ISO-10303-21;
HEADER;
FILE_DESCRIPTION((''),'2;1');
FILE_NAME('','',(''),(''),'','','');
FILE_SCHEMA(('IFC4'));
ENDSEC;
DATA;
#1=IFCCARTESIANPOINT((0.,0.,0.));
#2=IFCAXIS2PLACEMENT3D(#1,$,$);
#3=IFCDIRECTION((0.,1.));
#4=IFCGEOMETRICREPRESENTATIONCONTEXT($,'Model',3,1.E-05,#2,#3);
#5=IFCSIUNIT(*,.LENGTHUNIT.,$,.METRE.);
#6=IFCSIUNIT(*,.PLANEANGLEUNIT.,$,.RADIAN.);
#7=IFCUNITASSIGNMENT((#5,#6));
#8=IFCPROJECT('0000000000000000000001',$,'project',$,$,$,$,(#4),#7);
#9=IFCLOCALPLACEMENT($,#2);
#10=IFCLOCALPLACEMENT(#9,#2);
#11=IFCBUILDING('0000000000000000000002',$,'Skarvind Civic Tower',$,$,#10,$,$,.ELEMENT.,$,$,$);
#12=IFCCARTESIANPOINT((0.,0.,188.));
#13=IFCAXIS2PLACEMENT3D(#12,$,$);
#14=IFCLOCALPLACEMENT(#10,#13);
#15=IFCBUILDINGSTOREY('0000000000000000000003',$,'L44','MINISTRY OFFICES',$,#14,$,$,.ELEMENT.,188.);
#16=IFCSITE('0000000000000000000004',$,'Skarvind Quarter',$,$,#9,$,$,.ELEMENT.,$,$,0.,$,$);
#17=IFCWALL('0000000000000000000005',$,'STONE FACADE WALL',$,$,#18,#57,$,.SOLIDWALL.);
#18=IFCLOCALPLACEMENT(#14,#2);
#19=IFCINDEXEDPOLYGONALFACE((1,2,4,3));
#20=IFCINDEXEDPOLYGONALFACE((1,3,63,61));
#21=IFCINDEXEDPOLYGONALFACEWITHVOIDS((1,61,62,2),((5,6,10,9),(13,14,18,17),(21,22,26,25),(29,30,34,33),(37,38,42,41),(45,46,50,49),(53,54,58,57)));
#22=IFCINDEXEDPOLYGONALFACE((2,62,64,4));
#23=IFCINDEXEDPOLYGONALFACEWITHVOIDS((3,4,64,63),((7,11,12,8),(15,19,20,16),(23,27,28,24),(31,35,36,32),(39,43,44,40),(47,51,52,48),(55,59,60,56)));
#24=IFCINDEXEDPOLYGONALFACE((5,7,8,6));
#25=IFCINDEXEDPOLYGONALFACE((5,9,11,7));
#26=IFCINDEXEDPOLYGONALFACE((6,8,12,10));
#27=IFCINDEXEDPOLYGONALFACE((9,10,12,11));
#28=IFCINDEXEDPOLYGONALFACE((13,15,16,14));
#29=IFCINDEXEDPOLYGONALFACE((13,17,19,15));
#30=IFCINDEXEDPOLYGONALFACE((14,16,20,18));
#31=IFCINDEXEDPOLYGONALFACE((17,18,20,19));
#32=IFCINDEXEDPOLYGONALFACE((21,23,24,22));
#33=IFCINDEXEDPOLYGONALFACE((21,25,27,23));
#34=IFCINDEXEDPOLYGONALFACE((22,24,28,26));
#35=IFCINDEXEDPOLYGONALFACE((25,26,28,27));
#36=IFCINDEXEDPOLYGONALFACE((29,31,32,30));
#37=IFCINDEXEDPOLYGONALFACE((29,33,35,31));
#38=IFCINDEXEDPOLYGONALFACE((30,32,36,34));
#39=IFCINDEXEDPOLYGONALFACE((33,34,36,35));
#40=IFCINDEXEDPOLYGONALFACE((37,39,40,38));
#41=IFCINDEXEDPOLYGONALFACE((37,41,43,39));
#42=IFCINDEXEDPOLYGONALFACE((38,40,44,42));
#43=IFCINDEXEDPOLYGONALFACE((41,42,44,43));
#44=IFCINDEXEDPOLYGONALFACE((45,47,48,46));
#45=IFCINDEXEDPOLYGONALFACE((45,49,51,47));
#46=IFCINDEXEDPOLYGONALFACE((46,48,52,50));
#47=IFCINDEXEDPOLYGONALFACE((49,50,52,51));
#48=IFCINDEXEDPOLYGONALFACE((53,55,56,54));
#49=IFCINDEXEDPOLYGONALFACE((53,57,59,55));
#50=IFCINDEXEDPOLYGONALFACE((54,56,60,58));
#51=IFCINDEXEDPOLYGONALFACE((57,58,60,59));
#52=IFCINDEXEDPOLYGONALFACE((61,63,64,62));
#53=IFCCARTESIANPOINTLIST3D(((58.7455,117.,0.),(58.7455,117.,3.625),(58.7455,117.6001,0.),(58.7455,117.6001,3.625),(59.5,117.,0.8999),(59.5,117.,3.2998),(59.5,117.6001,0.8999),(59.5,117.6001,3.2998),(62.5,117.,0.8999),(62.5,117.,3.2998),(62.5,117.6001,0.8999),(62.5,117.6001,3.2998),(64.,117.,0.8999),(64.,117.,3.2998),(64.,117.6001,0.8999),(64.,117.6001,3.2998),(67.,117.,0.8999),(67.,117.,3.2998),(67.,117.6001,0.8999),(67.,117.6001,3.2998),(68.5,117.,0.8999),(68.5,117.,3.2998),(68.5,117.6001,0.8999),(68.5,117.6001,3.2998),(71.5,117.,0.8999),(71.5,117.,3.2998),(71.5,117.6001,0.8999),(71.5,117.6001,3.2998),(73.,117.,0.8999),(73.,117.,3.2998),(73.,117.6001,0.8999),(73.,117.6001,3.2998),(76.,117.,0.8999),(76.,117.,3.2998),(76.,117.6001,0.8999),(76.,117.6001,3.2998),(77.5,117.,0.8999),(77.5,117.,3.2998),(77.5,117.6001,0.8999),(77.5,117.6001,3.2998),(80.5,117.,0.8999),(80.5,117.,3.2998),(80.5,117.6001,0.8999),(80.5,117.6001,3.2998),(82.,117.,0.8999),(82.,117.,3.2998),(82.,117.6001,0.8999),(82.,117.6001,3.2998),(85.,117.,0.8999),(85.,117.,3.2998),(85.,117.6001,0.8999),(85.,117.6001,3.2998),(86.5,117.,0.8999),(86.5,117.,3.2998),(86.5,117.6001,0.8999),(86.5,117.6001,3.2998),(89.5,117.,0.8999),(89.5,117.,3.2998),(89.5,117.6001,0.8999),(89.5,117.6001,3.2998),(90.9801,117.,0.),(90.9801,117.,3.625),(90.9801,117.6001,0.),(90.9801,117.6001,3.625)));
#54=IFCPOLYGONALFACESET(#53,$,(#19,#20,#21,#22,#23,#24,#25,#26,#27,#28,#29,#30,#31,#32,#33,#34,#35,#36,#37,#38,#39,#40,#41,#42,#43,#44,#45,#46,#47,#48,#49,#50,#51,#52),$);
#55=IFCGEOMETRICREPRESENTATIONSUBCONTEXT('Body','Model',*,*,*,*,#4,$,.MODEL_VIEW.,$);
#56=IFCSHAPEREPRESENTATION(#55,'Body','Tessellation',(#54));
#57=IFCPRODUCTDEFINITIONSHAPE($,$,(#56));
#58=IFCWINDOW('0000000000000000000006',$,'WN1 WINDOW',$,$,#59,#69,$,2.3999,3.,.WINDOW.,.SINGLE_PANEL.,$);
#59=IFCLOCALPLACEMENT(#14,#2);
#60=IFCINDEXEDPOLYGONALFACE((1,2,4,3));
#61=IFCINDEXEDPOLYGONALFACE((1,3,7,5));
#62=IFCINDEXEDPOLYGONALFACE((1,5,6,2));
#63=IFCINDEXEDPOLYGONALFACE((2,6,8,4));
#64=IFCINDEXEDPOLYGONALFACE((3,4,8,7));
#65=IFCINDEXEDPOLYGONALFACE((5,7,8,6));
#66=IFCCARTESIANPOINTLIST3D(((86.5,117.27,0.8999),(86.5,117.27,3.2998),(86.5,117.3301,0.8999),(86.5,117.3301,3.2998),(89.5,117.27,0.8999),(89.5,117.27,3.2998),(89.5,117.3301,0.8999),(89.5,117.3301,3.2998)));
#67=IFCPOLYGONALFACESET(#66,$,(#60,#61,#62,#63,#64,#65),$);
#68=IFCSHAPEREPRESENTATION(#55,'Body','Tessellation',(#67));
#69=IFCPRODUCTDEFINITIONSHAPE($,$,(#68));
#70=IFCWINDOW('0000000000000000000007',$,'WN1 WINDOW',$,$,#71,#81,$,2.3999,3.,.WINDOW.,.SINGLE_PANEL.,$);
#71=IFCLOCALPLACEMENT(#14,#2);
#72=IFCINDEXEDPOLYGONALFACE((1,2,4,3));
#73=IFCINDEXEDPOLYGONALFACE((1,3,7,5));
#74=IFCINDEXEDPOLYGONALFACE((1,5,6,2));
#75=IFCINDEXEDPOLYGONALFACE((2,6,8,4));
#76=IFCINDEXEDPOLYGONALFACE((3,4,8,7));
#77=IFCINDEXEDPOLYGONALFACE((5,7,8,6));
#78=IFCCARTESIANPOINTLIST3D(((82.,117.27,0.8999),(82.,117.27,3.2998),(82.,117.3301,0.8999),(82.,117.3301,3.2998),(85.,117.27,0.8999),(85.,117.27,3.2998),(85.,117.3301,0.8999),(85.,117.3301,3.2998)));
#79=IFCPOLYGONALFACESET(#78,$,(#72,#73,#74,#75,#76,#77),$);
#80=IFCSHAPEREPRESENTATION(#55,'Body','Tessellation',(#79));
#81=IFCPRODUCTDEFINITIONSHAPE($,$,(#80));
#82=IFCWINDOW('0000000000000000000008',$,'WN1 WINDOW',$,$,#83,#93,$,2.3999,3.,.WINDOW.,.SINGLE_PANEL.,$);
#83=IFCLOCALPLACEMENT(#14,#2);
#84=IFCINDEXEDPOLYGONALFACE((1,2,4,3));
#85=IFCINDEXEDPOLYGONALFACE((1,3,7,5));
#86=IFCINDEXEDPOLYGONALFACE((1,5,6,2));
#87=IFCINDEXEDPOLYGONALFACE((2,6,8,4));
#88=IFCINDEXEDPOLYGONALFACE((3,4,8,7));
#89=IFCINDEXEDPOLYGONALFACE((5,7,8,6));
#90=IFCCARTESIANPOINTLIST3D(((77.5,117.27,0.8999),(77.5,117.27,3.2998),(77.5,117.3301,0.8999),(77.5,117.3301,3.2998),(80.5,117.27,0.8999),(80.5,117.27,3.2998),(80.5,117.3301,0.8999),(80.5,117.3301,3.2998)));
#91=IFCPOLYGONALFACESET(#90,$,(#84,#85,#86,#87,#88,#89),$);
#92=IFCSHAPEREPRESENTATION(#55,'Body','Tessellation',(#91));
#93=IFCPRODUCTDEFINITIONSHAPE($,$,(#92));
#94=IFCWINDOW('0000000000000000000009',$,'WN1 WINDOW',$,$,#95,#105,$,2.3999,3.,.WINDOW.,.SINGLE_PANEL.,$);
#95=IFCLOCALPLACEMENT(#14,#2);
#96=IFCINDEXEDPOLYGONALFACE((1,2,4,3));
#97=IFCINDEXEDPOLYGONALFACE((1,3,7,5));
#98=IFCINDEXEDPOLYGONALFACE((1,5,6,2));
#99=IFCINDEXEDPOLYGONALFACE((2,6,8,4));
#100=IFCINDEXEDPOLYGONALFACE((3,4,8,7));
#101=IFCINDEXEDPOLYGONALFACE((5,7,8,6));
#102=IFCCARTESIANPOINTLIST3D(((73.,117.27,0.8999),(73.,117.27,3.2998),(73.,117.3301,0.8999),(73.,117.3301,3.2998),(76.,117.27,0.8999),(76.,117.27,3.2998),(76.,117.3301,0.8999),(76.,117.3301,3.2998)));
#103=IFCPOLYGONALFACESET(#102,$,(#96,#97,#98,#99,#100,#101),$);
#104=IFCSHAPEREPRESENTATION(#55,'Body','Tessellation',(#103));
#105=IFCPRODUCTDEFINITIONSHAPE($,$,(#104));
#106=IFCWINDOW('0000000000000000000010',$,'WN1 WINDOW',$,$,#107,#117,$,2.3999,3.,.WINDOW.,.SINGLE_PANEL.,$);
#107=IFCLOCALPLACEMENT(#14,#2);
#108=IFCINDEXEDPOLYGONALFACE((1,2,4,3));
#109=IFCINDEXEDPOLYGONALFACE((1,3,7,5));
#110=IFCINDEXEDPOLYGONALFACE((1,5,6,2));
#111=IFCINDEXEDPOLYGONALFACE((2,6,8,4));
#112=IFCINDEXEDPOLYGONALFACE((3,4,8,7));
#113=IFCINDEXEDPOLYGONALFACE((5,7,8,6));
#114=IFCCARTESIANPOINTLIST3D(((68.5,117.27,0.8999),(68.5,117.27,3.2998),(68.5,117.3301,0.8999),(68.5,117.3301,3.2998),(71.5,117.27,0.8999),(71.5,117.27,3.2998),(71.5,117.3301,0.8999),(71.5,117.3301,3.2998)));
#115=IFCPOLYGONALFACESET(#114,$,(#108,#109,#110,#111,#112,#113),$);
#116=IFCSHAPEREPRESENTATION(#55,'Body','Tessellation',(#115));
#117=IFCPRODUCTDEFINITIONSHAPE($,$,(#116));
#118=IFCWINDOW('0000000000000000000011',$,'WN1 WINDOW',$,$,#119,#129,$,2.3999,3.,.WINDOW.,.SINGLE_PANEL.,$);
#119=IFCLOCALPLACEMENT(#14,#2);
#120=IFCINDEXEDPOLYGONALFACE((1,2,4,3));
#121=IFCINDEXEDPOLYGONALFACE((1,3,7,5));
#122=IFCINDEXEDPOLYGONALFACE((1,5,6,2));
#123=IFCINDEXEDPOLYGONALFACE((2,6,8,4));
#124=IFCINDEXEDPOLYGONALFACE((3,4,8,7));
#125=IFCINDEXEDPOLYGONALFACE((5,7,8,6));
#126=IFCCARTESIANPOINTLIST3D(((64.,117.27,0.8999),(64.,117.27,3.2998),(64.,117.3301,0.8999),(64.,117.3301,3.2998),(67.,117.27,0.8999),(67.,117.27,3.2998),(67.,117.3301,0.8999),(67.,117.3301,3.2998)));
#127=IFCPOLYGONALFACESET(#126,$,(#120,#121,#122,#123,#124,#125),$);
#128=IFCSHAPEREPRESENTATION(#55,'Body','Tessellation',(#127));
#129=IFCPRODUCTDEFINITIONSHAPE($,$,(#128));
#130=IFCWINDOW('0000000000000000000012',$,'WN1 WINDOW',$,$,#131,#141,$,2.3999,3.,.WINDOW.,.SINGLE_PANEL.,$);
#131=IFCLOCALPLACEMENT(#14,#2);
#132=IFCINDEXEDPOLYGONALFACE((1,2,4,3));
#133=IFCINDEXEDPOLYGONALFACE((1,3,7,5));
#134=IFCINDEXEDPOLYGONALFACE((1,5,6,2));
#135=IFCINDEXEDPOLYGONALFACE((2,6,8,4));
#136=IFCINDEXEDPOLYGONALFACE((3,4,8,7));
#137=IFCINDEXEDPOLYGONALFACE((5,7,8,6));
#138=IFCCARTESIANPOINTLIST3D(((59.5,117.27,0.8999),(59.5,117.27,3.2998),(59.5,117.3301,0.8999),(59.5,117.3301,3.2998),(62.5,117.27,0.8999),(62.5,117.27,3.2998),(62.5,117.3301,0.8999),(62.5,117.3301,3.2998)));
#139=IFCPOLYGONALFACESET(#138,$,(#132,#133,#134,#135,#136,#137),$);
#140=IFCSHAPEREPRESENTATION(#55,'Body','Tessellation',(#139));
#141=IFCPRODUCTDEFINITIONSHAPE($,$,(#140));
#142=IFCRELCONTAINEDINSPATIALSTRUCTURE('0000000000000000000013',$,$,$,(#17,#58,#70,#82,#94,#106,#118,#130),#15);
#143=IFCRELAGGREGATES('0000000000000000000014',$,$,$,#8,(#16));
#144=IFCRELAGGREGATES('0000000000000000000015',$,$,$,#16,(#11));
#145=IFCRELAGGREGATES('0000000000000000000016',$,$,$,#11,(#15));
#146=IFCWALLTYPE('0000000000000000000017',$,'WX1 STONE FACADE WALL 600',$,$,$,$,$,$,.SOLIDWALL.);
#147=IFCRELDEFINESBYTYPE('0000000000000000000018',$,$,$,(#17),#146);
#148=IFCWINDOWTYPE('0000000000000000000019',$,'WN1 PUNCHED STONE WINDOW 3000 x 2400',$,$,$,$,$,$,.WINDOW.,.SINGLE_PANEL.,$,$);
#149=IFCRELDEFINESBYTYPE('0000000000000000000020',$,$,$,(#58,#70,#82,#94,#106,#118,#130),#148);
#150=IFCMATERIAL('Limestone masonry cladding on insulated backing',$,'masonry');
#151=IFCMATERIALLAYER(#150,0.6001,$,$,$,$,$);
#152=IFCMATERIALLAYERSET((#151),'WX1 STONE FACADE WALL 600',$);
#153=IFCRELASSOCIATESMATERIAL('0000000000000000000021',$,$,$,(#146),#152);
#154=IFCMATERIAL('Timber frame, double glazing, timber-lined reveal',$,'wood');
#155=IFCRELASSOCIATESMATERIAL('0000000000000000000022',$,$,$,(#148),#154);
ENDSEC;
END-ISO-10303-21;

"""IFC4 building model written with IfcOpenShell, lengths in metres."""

from ifc_helpers import new_model, si_unit, direction, frame, frame_2d, origin, place, context, subcontext, project, spatial, rectangle, extrude, material, layer, layer_set, type_object, element, fill, save


model = new_model("IFC4")

# Units and contexts
model_context = context("Model", 3, precision=1e-05, world=origin(), true_north=direction((0.0, 1.0)))
body_context = subcontext(model_context, "Body", "Model", "MODEL_VIEW")
ifc_project = project(units=[si_unit("LENGTHUNIT", "METRE"), si_unit("PLANEANGLEUNIT", "RADIAN")], contexts=[model_context])

# Site, building, storey
site_placement = place(None, origin())
site = spatial("IfcSite", under=ifc_project, at=site_placement, Name="Skarvind Quarter", CompositionType="ELEMENT", RefElevation=0.0)
building_placement = place(site_placement, origin())
building = spatial("IfcBuilding", under=site, at=building_placement, Name="Skarvind Civic Tower", CompositionType="ELEMENT")
storey_placement = place(building_placement, frame((0.0, 0.0, 188.0)))
storey = spatial("IfcBuildingStorey", under=building, at=storey_placement, Name="L44", Description="MINISTRY OFFICES", CompositionType="ELEMENT", Elevation=188.0)

# Wall, openings, windows
ifc_material_1 = material(Name="Limestone masonry cladding on insulated backing", Category="masonry")
ifc_layer_1 = layer(ifc_material_1, 0.6001)
ifc_layer_set_1 = layer_set([ifc_layer_1], Name="WX1 STONE FACADE WALL 600")
wall_type_1 = type_object("IfcWallType", Name="WX1 STONE FACADE WALL 600", PredefinedType="SOLIDWALL", material=ifc_layer_set_1)
wall_1_placement = place(storey_placement, frame((90.98, 117.3, 0.0), z_axis=(0.0, 0.0, 1.0), x_axis=(-1.0, 0.0, 0.0)))
wall_1 = element("IfcWall", 1, at=wall_1_placement, inside=storey, type_object=wall_type_1, Name="STONE FACADE WALL", PredefinedType="SOLIDWALL", context=body_context, shape_type="SweptSolid", body=[
    extrude(rectangle(XDim=32.2346, YDim=0.6001, at=frame_2d((16.1172, 0.0))), origin(), (0.0, 0.0, 1.0), 3.625),
])
opening_1_placement = place(wall_1_placement, frame((1.48, 0.0, 0.8999)))
opening_1 = element("IfcOpeningElement", 2, at=opening_1_placement, cuts=wall_1, PredefinedType="OPENING", context=body_context, shape_type="SweptSolid", body=[
    extrude(rectangle(XDim=3.0, YDim=2.3999, at=frame_2d((1.5, 1.2))), frame((0.0, 0.3101, 0.0), z_axis=(0.0, -1.0, 0.0), x_axis=(1.0, 0.0, 0.0)), (0.0, 0.0, 1.0), 0.6201),
])
opening_2_placement = place(wall_1_placement, frame((5.98, 0.0, 0.8999)))
opening_2 = element("IfcOpeningElement", 3, at=opening_2_placement, cuts=wall_1, PredefinedType="OPENING", context=body_context, shape_type="SweptSolid", body=[
    extrude(rectangle(XDim=3.0, YDim=2.3999, at=frame_2d((1.5, 1.2))), frame((0.0, 0.3101, 0.0), z_axis=(0.0, -1.0, 0.0), x_axis=(1.0, 0.0, 0.0)), (0.0, 0.0, 1.0), 0.6201),
])
opening_3_placement = place(wall_1_placement, frame((10.48, 0.0, 0.8999)))
opening_3 = element("IfcOpeningElement", 4, at=opening_3_placement, cuts=wall_1, PredefinedType="OPENING", context=body_context, shape_type="SweptSolid", body=[
    extrude(rectangle(XDim=3.0, YDim=2.3999, at=frame_2d((1.5, 1.2))), frame((0.0, 0.3101, 0.0), z_axis=(0.0, -1.0, 0.0), x_axis=(1.0, 0.0, 0.0)), (0.0, 0.0, 1.0), 0.6201),
])
opening_4_placement = place(wall_1_placement, frame((14.98, 0.0, 0.8999)))
opening_4 = element("IfcOpeningElement", 5, at=opening_4_placement, cuts=wall_1, PredefinedType="OPENING", context=body_context, shape_type="SweptSolid", body=[
    extrude(rectangle(XDim=3.0, YDim=2.3999, at=frame_2d((1.5, 1.2))), frame((0.0, 0.3101, 0.0), z_axis=(0.0, -1.0, 0.0), x_axis=(1.0, 0.0, 0.0)), (0.0, 0.0, 1.0), 0.6201),
])
opening_5_placement = place(wall_1_placement, frame((19.48, 0.0, 0.8999)))
opening_5 = element("IfcOpeningElement", 6, at=opening_5_placement, cuts=wall_1, PredefinedType="OPENING", context=body_context, shape_type="SweptSolid", body=[
    extrude(rectangle(XDim=3.0, YDim=2.3999, at=frame_2d((1.5, 1.2))), frame((0.0, 0.3101, 0.0), z_axis=(0.0, -1.0, 0.0), x_axis=(1.0, 0.0, 0.0)), (0.0, 0.0, 1.0), 0.6201),
])
opening_6_placement = place(wall_1_placement, frame((23.98, 0.0, 0.8999)))
opening_6 = element("IfcOpeningElement", 7, at=opening_6_placement, cuts=wall_1, PredefinedType="OPENING", context=body_context, shape_type="SweptSolid", body=[
    extrude(rectangle(XDim=3.0, YDim=2.3999, at=frame_2d((1.5, 1.2))), frame((0.0, 0.3101, 0.0), z_axis=(0.0, -1.0, 0.0), x_axis=(1.0, 0.0, 0.0)), (0.0, 0.0, 1.0), 0.6201),
])
opening_7_placement = place(wall_1_placement, frame((28.48, 0.0, 0.8999)))
opening_7 = element("IfcOpeningElement", 8, at=opening_7_placement, cuts=wall_1, PredefinedType="OPENING", context=body_context, shape_type="SweptSolid", body=[
    extrude(rectangle(XDim=3.0, YDim=2.3999, at=frame_2d((1.5, 1.2))), frame((0.0, 0.3101, 0.0), z_axis=(0.0, -1.0, 0.0), x_axis=(1.0, 0.0, 0.0)), (0.0, 0.0, 1.0), 0.6201),
])
ifc_material_2 = material(Name="Timber frame, double glazing, timber-lined reveal", Category="wood")
window_type = type_object("IfcWindowType", Name="WN1 PUNCHED STONE WINDOW 3000 x 2400", PartitioningType="SINGLE_PANEL", PredefinedType="WINDOW", material=ifc_material_2)
window_1_placement = place(opening_1_placement, origin())
window_1 = element("IfcWindow", 9, at=window_1_placement, inside=storey, type_object=window_type, Name="WN1 WINDOW", OverallHeight=2.3999, OverallWidth=3.0, PartitioningType="SINGLE_PANEL", PredefinedType="WINDOW", context=body_context, shape_type="SweptSolid", body=[
    extrude(rectangle(XDim=3.0, YDim=2.3999, at=frame_2d((1.5, 1.2))), frame((0.0, 0.03, 0.0), z_axis=(0.0, -1.0, 0.0), x_axis=(1.0, 0.0, 0.0)), (0.0, 0.0, 1.0), 0.0601),
])
fill(opening_1, window_1)
window_2_placement = place(opening_2_placement, origin())
window_2 = element("IfcWindow", 10, at=window_2_placement, inside=storey, type_object=window_type, Name="WN1 WINDOW", OverallHeight=2.3999, OverallWidth=3.0, PartitioningType="SINGLE_PANEL", PredefinedType="WINDOW", context=body_context, shape_type="SweptSolid", body=[
    extrude(rectangle(XDim=3.0, YDim=2.3999, at=frame_2d((1.5, 1.2))), frame((0.0, 0.03, 0.0), z_axis=(0.0, -1.0, 0.0), x_axis=(1.0, 0.0, 0.0)), (0.0, 0.0, 1.0), 0.0601),
])
fill(opening_2, window_2)
window_3_placement = place(opening_3_placement, origin())
window_3 = element("IfcWindow", 11, at=window_3_placement, inside=storey, type_object=window_type, Name="WN1 WINDOW", OverallHeight=2.3999, OverallWidth=3.0, PartitioningType="SINGLE_PANEL", PredefinedType="WINDOW", context=body_context, shape_type="SweptSolid", body=[
    extrude(rectangle(XDim=3.0, YDim=2.3999, at=frame_2d((1.5, 1.2))), frame((0.0, 0.03, 0.0), z_axis=(0.0, -1.0, 0.0), x_axis=(1.0, 0.0, 0.0)), (0.0, 0.0, 1.0), 0.0601),
])
fill(opening_3, window_3)
window_4_placement = place(opening_4_placement, origin())
window_4 = element("IfcWindow", 12, at=window_4_placement, inside=storey, type_object=window_type, Name="WN1 WINDOW", OverallHeight=2.3999, OverallWidth=3.0, PartitioningType="SINGLE_PANEL", PredefinedType="WINDOW", context=body_context, shape_type="SweptSolid", body=[
    extrude(rectangle(XDim=3.0, YDim=2.3999, at=frame_2d((1.5, 1.2))), frame((0.0, 0.03, 0.0), z_axis=(0.0, -1.0, 0.0), x_axis=(1.0, 0.0, 0.0)), (0.0, 0.0, 1.0), 0.0601),
])
fill(opening_4, window_4)
window_5_placement = place(opening_5_placement, origin())
window_5 = element("IfcWindow", 13, at=window_5_placement, inside=storey, type_object=window_type, Name="WN1 WINDOW", OverallHeight=2.3999, OverallWidth=3.0, PartitioningType="SINGLE_PANEL", PredefinedType="WINDOW", context=body_context, shape_type="SweptSolid", body=[
    extrude(rectangle(XDim=3.0, YDim=2.3999, at=frame_2d((1.5, 1.2))), frame((0.0, 0.03, 0.0), z_axis=(0.0, -1.0, 0.0), x_axis=(1.0, 0.0, 0.0)), (0.0, 0.0, 1.0), 0.0601),
])
fill(opening_5, window_5)
window_6_placement = place(opening_6_placement, origin())
window_6 = element("IfcWindow", 14, at=window_6_placement, inside=storey, type_object=window_type, Name="WN1 WINDOW", OverallHeight=2.3999, OverallWidth=3.0, PartitioningType="SINGLE_PANEL", PredefinedType="WINDOW", context=body_context, shape_type="SweptSolid", body=[
    extrude(rectangle(XDim=3.0, YDim=2.3999, at=frame_2d((1.5, 1.2))), frame((0.0, 0.03, 0.0), z_axis=(0.0, -1.0, 0.0), x_axis=(1.0, 0.0, 0.0)), (0.0, 0.0, 1.0), 0.0601),
])
fill(opening_6, window_6)
window_7_placement = place(opening_7_placement, origin())
window_7 = element("IfcWindow", 15, at=window_7_placement, inside=storey, type_object=window_type, Name="WN1 WINDOW", OverallHeight=2.3999, OverallWidth=3.0, PartitioningType="SINGLE_PANEL", PredefinedType="WINDOW", context=body_context, shape_type="SweptSolid", body=[
    extrude(rectangle(XDim=3.0, YDim=2.3999, at=frame_2d((1.5, 1.2))), frame((0.0, 0.03, 0.0), z_axis=(0.0, -1.0, 0.0), x_axis=(1.0, 0.0, 0.0)), (0.0, 0.0, 1.0), 0.0601),
])
fill(opening_7, window_7)

save(model, "model.ifc")
